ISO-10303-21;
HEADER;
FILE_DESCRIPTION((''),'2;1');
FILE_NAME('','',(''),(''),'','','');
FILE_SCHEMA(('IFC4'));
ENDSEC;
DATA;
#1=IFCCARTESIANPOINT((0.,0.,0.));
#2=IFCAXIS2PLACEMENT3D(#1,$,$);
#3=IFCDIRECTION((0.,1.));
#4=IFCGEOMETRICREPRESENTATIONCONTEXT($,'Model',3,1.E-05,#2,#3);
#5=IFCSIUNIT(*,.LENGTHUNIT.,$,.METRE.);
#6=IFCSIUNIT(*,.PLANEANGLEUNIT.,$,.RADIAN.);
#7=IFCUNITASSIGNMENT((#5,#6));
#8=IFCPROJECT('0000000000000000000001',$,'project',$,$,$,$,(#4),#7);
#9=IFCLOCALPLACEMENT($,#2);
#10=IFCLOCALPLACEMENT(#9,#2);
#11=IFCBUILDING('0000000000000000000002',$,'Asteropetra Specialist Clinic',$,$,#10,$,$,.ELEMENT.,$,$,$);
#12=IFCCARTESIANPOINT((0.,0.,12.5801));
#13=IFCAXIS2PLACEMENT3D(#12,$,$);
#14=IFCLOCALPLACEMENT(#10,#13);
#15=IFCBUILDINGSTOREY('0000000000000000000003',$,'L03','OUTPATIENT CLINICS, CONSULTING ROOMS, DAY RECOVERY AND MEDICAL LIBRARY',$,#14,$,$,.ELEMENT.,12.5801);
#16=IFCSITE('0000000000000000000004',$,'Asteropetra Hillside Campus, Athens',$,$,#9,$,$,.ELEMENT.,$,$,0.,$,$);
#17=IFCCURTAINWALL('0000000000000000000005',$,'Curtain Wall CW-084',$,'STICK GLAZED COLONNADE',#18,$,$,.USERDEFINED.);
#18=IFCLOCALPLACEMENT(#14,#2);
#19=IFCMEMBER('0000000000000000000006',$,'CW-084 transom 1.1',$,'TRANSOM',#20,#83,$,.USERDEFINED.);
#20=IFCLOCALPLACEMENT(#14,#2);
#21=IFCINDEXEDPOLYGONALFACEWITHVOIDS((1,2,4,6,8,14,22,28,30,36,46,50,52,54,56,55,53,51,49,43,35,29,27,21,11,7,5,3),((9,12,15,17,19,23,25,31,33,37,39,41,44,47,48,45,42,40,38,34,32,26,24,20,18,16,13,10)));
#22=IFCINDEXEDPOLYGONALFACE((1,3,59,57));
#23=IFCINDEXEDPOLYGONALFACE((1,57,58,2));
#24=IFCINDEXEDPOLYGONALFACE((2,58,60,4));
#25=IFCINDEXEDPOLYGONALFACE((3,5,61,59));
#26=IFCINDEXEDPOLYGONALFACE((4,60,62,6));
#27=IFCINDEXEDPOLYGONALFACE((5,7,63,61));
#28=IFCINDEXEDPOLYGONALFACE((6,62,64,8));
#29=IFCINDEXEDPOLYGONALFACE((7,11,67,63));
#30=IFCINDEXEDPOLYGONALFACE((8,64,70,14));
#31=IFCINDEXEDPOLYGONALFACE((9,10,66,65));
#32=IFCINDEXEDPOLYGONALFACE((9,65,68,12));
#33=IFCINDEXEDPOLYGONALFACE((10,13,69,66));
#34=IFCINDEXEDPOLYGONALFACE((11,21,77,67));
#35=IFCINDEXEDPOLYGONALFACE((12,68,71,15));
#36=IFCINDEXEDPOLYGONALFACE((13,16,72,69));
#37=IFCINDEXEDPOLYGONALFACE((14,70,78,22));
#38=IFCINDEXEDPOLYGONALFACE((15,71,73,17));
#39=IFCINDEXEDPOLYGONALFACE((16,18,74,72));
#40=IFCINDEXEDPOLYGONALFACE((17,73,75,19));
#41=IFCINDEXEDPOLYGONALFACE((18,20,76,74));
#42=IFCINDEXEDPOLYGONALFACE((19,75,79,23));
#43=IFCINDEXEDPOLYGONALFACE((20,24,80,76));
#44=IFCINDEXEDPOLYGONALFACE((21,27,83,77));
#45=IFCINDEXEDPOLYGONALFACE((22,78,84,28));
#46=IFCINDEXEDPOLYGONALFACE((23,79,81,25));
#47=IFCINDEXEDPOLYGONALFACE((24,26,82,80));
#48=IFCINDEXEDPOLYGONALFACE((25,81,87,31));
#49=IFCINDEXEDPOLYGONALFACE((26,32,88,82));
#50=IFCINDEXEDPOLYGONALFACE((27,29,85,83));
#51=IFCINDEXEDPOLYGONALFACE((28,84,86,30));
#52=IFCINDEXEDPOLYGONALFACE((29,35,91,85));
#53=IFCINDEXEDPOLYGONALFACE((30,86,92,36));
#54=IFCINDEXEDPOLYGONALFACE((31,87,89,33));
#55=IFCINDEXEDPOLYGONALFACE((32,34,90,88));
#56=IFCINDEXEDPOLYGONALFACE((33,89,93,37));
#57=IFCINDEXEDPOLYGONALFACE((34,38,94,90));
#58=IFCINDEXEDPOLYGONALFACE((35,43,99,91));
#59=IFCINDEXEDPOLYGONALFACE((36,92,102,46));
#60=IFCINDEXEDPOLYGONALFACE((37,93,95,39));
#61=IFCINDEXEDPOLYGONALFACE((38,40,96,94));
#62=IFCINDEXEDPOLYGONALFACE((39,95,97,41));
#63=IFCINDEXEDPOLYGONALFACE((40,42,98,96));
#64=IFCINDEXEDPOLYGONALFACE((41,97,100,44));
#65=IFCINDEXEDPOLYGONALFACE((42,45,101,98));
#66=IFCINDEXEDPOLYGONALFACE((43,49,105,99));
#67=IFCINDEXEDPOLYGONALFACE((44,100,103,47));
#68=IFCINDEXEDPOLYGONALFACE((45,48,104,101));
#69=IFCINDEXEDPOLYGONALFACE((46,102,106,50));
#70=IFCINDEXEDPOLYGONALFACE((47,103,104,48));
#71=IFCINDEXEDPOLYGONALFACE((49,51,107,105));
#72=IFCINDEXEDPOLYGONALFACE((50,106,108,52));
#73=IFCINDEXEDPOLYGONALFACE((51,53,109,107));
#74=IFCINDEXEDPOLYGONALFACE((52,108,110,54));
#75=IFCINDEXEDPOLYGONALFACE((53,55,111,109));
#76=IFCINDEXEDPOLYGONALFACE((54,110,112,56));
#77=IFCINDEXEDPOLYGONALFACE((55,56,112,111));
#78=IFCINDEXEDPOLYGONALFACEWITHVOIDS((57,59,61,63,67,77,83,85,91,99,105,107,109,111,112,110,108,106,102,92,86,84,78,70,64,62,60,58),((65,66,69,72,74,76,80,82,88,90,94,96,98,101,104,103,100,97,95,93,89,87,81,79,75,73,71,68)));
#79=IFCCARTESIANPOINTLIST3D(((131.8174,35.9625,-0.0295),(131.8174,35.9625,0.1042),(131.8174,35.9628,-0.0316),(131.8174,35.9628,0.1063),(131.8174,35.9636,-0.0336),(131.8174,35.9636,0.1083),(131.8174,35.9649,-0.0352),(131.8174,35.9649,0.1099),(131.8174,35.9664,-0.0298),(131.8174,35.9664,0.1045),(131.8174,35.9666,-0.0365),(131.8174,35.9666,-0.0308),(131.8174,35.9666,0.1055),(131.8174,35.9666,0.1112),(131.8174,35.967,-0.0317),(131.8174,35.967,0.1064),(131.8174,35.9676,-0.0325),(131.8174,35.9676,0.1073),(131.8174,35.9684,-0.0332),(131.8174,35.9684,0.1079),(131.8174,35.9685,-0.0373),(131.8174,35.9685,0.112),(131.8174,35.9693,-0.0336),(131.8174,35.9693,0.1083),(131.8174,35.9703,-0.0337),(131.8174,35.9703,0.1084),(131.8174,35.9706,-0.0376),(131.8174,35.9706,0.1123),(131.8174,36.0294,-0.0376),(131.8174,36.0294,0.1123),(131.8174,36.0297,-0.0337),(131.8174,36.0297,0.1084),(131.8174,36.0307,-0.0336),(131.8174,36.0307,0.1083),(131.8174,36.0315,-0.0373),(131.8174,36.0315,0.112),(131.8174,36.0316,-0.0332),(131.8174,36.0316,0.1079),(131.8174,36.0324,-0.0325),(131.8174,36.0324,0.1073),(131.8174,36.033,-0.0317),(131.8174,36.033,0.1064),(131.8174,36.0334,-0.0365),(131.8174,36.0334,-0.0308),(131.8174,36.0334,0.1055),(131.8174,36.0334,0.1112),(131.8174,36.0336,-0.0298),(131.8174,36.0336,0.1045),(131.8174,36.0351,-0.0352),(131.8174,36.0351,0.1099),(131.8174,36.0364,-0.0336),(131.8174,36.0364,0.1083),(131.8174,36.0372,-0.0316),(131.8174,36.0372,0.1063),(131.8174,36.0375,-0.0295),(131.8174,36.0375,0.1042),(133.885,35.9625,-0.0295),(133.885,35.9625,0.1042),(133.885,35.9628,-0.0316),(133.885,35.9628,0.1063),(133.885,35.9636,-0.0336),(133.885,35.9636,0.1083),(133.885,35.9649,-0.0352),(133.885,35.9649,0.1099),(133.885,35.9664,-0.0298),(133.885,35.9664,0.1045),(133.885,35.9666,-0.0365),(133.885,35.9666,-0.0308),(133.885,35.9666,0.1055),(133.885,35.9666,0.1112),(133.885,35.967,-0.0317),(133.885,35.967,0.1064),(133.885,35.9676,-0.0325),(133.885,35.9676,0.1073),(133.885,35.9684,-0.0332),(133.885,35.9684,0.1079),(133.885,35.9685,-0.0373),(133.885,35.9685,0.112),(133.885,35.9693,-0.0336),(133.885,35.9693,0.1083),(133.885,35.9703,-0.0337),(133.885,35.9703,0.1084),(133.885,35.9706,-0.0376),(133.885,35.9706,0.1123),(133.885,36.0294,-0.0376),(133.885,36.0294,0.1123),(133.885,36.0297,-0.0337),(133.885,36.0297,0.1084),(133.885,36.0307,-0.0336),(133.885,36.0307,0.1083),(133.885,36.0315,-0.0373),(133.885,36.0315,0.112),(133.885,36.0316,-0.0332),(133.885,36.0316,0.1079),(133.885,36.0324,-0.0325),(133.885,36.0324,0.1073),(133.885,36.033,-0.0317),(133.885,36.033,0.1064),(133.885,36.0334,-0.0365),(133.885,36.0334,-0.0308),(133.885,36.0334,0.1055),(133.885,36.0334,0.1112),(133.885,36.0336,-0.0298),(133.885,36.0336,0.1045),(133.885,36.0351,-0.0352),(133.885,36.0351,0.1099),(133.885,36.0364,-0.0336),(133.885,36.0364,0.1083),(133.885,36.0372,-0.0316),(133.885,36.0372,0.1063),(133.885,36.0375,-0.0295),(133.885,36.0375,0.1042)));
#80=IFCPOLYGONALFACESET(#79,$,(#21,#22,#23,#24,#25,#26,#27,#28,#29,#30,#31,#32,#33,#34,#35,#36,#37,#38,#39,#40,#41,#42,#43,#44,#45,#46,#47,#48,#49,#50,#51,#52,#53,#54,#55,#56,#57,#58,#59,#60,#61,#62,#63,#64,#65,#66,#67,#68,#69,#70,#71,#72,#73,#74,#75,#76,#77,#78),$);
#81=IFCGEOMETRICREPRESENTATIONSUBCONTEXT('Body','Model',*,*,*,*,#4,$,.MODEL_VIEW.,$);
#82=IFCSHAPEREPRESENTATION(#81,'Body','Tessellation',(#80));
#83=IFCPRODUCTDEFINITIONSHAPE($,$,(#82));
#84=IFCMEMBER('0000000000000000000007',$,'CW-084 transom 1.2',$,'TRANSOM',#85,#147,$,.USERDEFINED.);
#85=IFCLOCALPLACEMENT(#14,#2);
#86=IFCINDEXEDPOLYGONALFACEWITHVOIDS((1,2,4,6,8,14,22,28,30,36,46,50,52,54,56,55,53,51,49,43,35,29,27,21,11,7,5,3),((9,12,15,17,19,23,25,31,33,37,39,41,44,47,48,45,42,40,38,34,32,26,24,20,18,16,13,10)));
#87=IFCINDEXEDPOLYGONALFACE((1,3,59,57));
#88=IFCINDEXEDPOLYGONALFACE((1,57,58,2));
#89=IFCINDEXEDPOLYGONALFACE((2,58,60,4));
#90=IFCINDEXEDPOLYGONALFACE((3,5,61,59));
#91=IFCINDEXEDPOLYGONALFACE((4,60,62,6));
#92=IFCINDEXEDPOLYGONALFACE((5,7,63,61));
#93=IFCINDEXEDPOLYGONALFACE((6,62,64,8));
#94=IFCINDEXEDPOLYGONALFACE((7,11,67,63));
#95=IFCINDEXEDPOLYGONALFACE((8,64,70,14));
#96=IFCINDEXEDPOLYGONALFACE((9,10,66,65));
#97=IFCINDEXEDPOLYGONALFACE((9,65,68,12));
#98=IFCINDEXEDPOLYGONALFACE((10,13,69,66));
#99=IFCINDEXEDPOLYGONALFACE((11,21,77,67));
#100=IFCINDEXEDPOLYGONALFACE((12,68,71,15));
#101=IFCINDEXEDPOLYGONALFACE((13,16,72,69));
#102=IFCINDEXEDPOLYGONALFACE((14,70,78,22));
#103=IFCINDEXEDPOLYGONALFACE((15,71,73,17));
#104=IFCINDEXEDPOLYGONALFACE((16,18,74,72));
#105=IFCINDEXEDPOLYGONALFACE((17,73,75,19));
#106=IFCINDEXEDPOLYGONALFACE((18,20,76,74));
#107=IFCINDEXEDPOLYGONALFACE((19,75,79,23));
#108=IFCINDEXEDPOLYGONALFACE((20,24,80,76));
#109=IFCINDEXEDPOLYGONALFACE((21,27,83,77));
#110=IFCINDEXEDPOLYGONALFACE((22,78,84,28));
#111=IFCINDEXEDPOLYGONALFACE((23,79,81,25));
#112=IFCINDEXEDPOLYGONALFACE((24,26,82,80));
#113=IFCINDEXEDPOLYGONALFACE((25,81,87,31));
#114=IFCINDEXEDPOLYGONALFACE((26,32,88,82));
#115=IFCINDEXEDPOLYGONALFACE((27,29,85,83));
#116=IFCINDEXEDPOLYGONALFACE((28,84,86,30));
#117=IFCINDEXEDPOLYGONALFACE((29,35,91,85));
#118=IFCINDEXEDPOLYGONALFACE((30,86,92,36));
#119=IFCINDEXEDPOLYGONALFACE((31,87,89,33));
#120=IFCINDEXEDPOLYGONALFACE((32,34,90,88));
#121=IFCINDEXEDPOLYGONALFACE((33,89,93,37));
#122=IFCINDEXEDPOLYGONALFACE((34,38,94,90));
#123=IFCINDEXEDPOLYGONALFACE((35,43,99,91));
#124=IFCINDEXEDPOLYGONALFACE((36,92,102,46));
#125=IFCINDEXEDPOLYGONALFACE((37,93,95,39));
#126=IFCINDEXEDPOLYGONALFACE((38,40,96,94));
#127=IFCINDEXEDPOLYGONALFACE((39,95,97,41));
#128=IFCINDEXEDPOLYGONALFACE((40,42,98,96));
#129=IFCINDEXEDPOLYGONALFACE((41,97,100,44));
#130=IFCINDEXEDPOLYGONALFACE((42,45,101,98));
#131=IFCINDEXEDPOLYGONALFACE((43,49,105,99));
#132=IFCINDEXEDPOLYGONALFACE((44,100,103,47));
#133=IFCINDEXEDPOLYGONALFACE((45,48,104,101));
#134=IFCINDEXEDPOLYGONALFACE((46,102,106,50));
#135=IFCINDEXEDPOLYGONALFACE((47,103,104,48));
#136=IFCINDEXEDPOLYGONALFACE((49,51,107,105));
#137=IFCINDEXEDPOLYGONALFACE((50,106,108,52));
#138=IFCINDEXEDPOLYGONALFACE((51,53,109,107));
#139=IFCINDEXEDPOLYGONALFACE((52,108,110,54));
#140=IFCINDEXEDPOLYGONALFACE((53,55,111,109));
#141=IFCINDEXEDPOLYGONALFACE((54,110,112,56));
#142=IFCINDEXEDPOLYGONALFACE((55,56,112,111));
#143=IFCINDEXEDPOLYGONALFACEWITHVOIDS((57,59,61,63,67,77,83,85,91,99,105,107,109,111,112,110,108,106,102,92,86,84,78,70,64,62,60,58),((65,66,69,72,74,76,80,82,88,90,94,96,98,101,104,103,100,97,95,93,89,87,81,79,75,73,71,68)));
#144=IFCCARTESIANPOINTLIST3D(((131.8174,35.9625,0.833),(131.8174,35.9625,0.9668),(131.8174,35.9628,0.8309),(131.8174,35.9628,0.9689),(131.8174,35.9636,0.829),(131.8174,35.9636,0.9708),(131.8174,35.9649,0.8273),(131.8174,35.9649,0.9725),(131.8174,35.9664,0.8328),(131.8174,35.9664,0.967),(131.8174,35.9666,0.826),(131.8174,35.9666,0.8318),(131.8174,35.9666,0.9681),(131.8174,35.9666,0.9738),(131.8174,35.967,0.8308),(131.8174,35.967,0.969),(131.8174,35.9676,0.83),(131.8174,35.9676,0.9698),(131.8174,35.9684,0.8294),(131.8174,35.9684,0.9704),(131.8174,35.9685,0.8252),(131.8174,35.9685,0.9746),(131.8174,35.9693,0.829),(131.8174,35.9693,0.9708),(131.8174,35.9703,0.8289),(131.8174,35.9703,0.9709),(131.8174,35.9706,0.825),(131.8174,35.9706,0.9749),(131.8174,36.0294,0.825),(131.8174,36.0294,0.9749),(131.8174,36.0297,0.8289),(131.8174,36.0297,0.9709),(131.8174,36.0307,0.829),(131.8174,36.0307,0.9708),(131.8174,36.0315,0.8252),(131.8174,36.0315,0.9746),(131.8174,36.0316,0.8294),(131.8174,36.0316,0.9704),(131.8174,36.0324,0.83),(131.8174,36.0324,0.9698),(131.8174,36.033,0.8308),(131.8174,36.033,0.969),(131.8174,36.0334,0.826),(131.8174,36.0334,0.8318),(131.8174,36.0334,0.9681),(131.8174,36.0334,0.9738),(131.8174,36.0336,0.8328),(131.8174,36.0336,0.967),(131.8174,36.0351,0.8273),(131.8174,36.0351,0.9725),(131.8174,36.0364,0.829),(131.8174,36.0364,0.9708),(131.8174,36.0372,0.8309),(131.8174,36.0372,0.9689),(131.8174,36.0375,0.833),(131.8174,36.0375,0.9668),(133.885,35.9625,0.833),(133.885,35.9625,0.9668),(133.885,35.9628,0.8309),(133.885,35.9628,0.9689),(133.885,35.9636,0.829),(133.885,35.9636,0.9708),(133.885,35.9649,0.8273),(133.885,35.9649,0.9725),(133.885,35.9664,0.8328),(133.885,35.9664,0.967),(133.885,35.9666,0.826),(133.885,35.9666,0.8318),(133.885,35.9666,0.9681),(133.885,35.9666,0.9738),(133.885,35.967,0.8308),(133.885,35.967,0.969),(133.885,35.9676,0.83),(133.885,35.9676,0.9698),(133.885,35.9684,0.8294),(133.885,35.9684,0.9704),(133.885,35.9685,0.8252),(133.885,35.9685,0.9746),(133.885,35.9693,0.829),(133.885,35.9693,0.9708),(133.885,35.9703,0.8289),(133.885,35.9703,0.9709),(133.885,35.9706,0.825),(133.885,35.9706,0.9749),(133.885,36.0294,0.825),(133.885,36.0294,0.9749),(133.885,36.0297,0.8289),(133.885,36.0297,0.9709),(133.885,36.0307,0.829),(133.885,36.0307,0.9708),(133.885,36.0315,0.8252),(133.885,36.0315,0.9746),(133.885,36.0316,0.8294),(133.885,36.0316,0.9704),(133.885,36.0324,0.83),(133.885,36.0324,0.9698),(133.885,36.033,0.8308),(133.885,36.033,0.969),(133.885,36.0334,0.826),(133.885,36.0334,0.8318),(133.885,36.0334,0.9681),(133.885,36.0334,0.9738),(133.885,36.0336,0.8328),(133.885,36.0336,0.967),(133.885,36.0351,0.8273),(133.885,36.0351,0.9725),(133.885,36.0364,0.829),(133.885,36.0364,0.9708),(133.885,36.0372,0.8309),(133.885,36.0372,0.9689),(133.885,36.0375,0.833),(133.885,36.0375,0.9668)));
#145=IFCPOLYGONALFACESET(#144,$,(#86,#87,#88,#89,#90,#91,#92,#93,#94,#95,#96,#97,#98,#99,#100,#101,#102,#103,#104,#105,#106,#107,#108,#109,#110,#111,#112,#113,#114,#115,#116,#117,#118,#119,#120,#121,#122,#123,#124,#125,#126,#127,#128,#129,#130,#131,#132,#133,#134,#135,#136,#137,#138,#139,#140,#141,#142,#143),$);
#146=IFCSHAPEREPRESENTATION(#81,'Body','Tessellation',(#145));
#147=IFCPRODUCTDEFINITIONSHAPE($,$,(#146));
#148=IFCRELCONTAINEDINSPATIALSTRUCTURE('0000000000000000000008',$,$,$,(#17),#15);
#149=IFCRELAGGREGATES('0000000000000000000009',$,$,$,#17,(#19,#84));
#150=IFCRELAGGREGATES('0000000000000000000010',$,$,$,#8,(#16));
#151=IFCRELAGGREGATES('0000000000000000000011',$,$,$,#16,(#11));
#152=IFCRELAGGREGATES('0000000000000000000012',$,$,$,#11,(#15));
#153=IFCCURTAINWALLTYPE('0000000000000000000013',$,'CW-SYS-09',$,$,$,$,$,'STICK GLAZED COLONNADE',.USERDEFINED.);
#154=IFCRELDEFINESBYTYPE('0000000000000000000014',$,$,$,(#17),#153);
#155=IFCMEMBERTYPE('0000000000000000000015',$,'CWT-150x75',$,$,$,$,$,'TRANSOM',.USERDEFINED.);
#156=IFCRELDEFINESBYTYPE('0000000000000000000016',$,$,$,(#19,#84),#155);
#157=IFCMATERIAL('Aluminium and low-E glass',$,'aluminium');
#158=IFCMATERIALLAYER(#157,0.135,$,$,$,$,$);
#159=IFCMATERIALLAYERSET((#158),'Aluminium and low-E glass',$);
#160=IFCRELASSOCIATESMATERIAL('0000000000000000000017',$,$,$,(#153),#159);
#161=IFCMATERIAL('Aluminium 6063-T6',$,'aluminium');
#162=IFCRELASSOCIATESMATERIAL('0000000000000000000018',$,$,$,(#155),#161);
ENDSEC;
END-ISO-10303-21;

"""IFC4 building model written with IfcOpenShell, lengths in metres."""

from ifc_helpers import new_model, si_unit, direction, frame, origin, origin_2d, place, context, subcontext, project, spatial, hollow_rectangle, extrude, material, layer, layer_set, material_profile, profile_set, type_object, element, aggregate, save


model = new_model("IFC4")

# Units and contexts
model_context = context("Model", 3, precision=1e-05, world=origin(), true_north=direction((0.0, 1.0)))
body_context = subcontext(model_context, "Body", "Model", "MODEL_VIEW")
ifc_project = project(units=[si_unit("LENGTHUNIT", "METRE"), si_unit("PLANEANGLEUNIT", "RADIAN")], contexts=[model_context])

# Site, building, storey
site_placement = place(None, origin())
site = spatial("IfcSite", under=ifc_project, at=site_placement, Name="Asteropetra Hillside Campus, Athens", CompositionType="ELEMENT", RefElevation=0.0)
building_placement = place(site_placement, origin())
building = spatial("IfcBuilding", under=site, at=building_placement, Name="Asteropetra Specialist Clinic", CompositionType="ELEMENT")
storey_placement = place(building_placement, frame((0.0, 0.0, 12.5801)))
storey = spatial("IfcBuildingStorey", under=building, at=storey_placement, Name="L03", Description="OUTPATIENT CLINICS, CONSULTING ROOMS, DAY RECOVERY AND MEDICAL LIBRARY", CompositionType="ELEMENT", Elevation=12.5801)

# Curtain wall, members
ifc_material_1 = material(Name="Aluminium and low-E glass", Category="aluminium")
ifc_layer_1 = layer(ifc_material_1, 0.135)
ifc_layer_set_1 = layer_set([ifc_layer_1], Name="Aluminium and low-E glass")
curtain_wall_type = type_object("IfcCurtainWallType", Name="CW-SYS-09", ElementType="STICK GLAZED COLONNADE", PredefinedType="USERDEFINED", material=ifc_layer_set_1)
curtain_wall_placement = place(storey_placement, origin())
curtain_wall = element("IfcCurtainWall", 1, at=curtain_wall_placement, inside=storey, type_object=curtain_wall_type, Name="Curtain Wall CW-084", ObjectType="STICK GLAZED COLONNADE", PredefinedType="USERDEFINED")
ifc_material_2 = material(Name="Aluminium 6063-T6", Category="aluminium")
ifc_material_profile_1 = material_profile(ifc_material_2, hollow_rectangle(XDim=0.075, YDim=0.1499, WallThickness=0.0039, InnerFilletRadius=0.0039, OuterFilletRadius=0.0081, at=origin_2d()), Name="TRN 150x75x4.0")
ifc_profile_set_1 = profile_set([ifc_material_profile_1], Name="Aluminium 6063-T6")
member_type = type_object("IfcMemberType", Name="CWT-150x75", ElementType="TRANSOM", PredefinedType="USERDEFINED", material=ifc_profile_set_1)
member_1_placement = place(storey_placement, frame((133.885, 36.0, 0.0374), z_axis=(-1.0, 0.0, 0.0), x_axis=(0.0, -1.0, 0.0)))
member_1 = element("IfcMember", 2, at=member_1_placement, type_object=member_type, Name="CW-084 transom 1.1", ObjectType="TRANSOM", PredefinedType="USERDEFINED", context=body_context, shape_type="SweptSolid", body=[
    extrude(hollow_rectangle(XDim=0.075, YDim=0.1499, WallThickness=0.0039, InnerFilletRadius=0.0039, OuterFilletRadius=0.0081, at=origin_2d()), origin(), (0.0, 0.0, 1.0), 2.0676),
])
member_2_placement = place(storey_placement, frame((133.885, 36.0, 0.8999), z_axis=(-1.0, 0.0, 0.0), x_axis=(0.0, -1.0, 0.0)))
member_2 = element("IfcMember", 3, at=member_2_placement, type_object=member_type, Name="CW-084 transom 1.2", ObjectType="TRANSOM", PredefinedType="USERDEFINED", context=body_context, shape_type="SweptSolid", body=[
    extrude(hollow_rectangle(XDim=0.075, YDim=0.1499, WallThickness=0.0039, InnerFilletRadius=0.0039, OuterFilletRadius=0.0081, at=origin_2d()), origin(), (0.0, 0.0, 1.0), 2.0676),
])

aggregate(curtain_wall, [member_1, member_2])

save(model, "model.ifc")
